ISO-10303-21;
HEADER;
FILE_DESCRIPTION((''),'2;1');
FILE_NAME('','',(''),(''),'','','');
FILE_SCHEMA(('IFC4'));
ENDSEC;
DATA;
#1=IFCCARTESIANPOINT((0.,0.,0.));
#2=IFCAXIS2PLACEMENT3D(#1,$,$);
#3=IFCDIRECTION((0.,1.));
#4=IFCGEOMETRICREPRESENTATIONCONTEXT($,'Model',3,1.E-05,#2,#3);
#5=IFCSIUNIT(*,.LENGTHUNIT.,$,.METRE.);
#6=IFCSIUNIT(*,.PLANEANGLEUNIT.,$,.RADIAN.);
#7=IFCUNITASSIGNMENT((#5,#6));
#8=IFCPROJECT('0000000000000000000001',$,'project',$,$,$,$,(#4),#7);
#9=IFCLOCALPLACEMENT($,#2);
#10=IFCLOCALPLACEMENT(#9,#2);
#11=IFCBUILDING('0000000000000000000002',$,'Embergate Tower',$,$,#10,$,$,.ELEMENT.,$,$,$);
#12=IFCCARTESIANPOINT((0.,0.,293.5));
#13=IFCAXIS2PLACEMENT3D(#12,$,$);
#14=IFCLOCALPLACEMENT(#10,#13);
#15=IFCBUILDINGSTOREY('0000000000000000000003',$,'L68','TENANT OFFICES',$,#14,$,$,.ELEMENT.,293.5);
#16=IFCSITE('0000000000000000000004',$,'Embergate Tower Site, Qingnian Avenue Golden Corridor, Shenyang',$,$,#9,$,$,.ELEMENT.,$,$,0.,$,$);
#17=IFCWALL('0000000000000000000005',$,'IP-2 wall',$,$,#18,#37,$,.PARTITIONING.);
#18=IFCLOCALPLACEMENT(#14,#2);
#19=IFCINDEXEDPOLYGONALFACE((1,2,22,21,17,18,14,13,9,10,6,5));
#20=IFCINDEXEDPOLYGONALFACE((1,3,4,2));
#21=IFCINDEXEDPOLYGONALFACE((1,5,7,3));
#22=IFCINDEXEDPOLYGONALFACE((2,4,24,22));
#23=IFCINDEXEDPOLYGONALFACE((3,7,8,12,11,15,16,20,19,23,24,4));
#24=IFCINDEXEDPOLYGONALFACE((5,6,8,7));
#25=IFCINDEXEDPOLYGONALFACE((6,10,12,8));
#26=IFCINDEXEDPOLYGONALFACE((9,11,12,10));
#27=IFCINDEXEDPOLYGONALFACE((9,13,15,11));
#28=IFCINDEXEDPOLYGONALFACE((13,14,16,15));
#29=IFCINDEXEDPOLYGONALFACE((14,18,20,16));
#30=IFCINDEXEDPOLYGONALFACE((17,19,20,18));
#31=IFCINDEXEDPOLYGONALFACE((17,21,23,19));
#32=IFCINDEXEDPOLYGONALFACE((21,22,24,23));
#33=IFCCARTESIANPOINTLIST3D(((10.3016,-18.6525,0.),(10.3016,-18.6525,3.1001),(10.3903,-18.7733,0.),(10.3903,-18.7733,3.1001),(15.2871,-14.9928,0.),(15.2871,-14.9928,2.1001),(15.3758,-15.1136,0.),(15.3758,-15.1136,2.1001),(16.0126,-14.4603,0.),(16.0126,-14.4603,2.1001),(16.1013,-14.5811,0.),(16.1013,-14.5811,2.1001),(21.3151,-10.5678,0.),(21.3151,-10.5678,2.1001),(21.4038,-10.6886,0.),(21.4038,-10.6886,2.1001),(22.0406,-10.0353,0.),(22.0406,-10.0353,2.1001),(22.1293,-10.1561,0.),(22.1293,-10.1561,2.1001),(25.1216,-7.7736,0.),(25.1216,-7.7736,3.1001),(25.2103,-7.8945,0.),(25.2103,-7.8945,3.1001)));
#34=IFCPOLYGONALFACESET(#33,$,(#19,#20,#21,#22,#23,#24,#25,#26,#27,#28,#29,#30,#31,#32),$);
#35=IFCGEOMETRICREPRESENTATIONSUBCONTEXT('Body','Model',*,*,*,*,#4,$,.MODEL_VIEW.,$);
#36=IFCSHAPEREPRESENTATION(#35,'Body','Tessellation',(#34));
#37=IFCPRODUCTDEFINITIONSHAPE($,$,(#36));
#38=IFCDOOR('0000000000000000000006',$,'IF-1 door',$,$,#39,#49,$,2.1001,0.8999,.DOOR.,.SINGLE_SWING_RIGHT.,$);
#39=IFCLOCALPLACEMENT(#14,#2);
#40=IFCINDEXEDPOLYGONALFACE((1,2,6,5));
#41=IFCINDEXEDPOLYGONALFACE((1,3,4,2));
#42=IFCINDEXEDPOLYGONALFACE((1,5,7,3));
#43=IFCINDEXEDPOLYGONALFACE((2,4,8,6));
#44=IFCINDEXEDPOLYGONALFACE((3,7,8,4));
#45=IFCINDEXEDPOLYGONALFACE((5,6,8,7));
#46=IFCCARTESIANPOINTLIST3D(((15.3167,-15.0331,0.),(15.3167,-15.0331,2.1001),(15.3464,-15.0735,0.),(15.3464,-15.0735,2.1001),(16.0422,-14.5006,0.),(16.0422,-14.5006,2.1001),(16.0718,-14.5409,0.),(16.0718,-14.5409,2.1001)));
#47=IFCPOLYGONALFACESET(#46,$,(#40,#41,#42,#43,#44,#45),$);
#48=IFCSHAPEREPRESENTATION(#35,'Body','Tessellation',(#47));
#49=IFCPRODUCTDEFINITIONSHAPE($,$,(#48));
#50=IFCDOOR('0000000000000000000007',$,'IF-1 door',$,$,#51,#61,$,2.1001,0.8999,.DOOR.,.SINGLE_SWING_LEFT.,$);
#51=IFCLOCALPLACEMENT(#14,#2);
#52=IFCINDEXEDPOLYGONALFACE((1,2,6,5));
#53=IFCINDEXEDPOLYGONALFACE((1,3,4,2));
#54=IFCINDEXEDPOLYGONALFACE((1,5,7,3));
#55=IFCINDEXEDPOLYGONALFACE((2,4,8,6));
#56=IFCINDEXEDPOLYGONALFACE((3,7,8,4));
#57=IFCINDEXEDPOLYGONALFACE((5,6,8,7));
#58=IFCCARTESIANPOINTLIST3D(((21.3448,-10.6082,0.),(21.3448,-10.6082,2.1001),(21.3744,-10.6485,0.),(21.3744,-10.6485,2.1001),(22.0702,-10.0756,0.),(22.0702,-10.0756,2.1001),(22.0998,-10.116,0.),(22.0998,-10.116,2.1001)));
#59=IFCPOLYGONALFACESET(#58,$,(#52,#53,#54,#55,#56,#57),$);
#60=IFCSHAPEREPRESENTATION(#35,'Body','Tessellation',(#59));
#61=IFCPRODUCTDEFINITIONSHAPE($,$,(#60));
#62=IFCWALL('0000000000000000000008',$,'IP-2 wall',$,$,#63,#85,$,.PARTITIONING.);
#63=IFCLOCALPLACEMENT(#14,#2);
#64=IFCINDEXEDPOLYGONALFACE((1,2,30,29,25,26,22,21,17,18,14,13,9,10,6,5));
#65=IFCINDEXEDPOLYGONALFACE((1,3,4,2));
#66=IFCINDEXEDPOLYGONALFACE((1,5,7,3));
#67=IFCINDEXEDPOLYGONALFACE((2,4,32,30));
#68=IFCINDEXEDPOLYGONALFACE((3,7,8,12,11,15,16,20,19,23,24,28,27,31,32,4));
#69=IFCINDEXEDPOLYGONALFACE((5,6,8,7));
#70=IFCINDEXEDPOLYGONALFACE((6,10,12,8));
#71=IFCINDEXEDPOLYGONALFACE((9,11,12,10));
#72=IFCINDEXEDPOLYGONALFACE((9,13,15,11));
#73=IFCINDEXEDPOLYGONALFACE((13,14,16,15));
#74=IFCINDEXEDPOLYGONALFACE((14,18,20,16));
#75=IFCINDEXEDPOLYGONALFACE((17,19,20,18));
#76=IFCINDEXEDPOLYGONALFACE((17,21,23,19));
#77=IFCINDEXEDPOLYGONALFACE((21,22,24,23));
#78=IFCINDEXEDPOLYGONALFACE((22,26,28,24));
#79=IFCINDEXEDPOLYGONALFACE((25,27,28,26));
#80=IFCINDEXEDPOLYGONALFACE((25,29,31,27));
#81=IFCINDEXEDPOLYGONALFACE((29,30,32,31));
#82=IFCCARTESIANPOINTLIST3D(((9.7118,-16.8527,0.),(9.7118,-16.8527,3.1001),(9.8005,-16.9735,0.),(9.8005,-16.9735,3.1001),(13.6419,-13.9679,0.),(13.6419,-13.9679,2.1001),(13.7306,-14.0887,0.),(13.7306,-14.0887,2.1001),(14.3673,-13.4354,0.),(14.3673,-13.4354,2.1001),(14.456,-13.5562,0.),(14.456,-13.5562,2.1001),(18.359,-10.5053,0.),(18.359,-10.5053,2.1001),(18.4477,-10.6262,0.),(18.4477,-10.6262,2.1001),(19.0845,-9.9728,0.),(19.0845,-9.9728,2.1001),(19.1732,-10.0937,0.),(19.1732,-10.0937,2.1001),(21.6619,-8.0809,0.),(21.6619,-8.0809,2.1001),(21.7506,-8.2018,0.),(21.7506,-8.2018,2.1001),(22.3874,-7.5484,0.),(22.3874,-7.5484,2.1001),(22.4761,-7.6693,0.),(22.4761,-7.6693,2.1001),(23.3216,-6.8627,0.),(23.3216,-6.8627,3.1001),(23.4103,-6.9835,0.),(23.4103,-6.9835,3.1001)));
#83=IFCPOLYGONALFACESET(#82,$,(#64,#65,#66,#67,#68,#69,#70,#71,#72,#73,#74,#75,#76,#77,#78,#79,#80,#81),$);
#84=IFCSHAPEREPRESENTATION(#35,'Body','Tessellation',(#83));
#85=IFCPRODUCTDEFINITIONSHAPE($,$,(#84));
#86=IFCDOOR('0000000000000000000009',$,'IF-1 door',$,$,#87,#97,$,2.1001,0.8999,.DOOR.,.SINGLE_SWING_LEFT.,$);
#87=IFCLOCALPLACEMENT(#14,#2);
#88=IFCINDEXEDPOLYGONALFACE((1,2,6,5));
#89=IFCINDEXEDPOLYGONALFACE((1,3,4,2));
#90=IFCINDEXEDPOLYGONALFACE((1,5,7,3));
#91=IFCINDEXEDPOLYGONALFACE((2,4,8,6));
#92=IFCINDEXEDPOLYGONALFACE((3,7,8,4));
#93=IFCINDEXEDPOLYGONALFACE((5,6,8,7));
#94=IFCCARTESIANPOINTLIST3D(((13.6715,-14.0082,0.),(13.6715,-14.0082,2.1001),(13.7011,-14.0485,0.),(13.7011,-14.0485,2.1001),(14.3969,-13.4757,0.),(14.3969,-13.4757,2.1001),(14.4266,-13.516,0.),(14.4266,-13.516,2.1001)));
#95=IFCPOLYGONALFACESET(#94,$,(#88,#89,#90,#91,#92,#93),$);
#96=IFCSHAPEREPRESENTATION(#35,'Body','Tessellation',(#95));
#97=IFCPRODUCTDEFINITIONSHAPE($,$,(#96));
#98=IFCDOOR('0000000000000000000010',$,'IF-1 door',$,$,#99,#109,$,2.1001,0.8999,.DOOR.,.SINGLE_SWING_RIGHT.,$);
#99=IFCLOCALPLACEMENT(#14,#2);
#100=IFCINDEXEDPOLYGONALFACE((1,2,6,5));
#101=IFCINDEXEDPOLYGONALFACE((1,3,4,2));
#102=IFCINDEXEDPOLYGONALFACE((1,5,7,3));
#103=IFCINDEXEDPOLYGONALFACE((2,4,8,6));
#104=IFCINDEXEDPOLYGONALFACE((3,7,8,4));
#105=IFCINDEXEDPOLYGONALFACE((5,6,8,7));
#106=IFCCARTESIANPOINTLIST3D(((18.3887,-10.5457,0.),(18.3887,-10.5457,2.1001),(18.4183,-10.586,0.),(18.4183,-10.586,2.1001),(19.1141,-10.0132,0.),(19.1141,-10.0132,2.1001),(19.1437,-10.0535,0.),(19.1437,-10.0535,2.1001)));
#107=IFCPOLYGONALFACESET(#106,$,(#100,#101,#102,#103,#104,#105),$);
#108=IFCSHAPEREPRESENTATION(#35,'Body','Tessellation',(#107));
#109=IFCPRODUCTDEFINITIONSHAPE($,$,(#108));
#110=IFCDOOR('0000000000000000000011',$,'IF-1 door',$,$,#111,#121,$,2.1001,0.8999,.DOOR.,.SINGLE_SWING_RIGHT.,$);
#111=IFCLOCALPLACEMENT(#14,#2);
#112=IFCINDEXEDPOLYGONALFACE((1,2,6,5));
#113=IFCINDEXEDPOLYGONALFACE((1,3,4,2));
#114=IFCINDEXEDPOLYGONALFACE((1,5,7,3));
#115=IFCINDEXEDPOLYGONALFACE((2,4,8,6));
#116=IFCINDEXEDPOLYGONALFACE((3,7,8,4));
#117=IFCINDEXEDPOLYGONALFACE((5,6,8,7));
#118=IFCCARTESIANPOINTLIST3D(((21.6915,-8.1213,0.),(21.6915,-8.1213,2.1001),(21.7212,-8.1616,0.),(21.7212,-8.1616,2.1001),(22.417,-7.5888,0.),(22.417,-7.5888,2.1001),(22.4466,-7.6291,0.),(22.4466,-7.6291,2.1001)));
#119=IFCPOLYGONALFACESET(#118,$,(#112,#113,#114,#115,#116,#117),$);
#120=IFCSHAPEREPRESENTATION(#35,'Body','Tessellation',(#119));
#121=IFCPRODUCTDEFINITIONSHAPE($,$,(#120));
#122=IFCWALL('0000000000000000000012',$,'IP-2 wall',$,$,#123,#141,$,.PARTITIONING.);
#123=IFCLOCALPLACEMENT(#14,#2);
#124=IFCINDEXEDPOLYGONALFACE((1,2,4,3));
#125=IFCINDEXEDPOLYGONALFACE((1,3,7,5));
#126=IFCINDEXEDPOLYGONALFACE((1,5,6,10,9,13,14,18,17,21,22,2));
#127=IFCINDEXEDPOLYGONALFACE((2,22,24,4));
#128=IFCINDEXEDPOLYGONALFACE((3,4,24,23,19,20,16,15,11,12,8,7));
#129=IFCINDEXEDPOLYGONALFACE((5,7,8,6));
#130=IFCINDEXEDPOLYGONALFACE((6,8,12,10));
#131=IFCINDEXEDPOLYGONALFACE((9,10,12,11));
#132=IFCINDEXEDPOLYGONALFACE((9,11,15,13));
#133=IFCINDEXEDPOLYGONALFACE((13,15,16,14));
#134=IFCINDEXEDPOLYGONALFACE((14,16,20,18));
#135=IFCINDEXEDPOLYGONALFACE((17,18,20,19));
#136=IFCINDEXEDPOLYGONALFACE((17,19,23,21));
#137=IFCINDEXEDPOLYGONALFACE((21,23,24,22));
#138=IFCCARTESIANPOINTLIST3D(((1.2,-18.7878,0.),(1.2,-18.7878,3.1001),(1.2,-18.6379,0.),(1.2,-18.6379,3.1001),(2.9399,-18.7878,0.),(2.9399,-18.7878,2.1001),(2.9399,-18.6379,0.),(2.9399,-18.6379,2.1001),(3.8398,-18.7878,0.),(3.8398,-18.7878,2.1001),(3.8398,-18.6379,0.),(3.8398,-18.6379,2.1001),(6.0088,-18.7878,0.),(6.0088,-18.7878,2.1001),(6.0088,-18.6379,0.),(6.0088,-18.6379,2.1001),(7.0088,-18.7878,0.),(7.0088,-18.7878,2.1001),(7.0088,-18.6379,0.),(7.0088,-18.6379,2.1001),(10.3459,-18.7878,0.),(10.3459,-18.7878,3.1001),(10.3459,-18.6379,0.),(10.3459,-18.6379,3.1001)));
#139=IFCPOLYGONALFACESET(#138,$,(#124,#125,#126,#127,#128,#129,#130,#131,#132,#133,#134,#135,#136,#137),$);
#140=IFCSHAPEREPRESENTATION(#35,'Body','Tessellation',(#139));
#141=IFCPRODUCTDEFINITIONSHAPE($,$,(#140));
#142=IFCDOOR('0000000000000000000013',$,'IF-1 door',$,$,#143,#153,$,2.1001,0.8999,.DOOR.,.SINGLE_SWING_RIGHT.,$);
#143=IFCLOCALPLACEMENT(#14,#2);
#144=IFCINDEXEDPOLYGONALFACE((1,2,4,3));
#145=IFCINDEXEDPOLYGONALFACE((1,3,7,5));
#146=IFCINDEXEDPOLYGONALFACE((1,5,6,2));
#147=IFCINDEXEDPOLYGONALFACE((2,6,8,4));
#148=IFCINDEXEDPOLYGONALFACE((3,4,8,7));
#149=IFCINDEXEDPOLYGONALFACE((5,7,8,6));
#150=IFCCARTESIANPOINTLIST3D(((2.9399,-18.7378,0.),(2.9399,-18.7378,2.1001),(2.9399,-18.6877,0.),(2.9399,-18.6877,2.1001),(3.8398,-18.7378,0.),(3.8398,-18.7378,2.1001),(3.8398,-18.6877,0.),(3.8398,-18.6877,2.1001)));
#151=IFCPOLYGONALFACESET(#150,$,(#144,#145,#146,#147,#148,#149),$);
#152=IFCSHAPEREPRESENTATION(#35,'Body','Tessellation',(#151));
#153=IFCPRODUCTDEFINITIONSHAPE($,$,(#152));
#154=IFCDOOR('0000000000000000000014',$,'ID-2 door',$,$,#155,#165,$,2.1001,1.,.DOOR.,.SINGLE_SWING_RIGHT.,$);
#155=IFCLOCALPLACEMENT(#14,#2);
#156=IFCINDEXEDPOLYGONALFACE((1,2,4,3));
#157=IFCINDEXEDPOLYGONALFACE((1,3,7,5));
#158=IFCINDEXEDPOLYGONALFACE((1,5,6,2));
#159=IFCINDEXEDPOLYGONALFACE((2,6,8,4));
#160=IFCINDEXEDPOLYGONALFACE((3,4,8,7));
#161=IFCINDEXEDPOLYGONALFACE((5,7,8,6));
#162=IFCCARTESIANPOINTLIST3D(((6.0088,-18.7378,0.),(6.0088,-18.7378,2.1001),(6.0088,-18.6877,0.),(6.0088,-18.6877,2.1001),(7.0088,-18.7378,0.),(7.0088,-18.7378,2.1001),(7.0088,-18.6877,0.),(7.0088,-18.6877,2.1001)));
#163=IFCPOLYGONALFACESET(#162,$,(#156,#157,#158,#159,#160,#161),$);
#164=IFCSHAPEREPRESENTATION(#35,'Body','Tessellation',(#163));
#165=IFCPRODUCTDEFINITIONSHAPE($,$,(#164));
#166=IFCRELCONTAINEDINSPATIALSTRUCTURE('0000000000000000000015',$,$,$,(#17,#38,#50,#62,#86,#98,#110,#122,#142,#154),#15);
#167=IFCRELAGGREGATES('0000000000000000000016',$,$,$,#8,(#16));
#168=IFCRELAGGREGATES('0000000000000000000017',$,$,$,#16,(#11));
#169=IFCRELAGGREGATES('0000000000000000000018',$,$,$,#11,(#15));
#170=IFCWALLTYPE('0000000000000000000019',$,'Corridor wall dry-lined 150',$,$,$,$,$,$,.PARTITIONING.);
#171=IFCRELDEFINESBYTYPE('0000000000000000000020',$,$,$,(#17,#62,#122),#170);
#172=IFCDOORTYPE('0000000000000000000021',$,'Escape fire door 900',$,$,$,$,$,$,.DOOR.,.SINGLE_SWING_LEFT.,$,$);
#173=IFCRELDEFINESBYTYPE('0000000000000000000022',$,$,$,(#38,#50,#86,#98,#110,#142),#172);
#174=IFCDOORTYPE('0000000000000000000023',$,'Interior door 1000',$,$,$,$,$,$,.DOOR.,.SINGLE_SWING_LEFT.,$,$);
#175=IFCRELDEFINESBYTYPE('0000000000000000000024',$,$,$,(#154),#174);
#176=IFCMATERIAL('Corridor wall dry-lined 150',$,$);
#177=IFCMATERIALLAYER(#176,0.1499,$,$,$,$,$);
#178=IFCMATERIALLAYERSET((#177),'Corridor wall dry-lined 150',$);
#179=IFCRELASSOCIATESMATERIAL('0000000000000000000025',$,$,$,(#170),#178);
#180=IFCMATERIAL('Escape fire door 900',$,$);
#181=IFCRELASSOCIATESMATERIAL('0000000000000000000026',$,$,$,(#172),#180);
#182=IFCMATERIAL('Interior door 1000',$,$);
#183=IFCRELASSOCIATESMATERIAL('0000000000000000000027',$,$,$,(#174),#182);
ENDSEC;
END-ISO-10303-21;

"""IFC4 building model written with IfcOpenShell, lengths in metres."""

from ifc_helpers import new_model, si_unit, direction, frame, frame_2d, origin, place, context, subcontext, project, spatial, rectangle, extrude, source, transform, mapped, material, layer, layer_set, type_object, element, fill, save


model = new_model("IFC4")

# Units and contexts
model_context = context("Model", 3, precision=1e-05, world=origin(), true_north=direction((0.0, 1.0)))
body_context = subcontext(model_context, "Body", "Model", "MODEL_VIEW")
ifc_project = project(units=[si_unit("LENGTHUNIT", "METRE"), si_unit("PLANEANGLEUNIT", "RADIAN")], contexts=[model_context])

# Site, building, storey
site_placement = place(None, origin())
site = spatial("IfcSite", under=ifc_project, at=site_placement, Name="Embergate Tower Site, Qingnian Avenue Golden Corridor, Shenyang", CompositionType="ELEMENT", RefElevation=0.0)
building_placement = place(site_placement, origin())
building = spatial("IfcBuilding", under=site, at=building_placement, Name="Embergate Tower", CompositionType="ELEMENT")
storey_placement = place(building_placement, frame((0.0, 0.0, 293.5)))
storey = spatial("IfcBuildingStorey", under=building, at=storey_placement, Name="L68", Description="TENANT OFFICES", CompositionType="ELEMENT", Elevation=293.5)

# Shared definitions
ifc_material_1 = material(Name="Corridor wall dry-lined 150")
ifc_layer_1 = layer(ifc_material_1, 0.1499)
ifc_layer_set_1 = layer_set([ifc_layer_1], Name="Corridor wall dry-lined 150")
wall_type_1 = type_object("IfcWallType", Name="Corridor wall dry-lined 150", PredefinedType="PARTITIONING", material=ifc_layer_set_1)

# Walls, openings, doors
shared_shape_1 = source(origin(), body_context, "Body", "SweptSolid", [
    extrude(rectangle(XDim=18.3843, YDim=0.1499, at=frame_2d((9.1921, 0.0))), origin(), (0.0, 0.0, 1.0), 3.1001),
])
wall_1_placement = place(storey_placement, frame((10.3459, -18.7129, 0.0), z_axis=(0.0, 0.0, 1.0), x_axis=(0.806123, 0.591748, 0.0)))
wall_1 = element("IfcWall", 1, at=wall_1_placement, inside=storey, type_object=wall_type_1, Name="IP-2 wall", PredefinedType="PARTITIONING", context=body_context, shape_type="MappedRepresentation", body=[
    mapped(shared_shape_1, transform((0.0, 0.0, 0.0))),
])
shared_shape_2 = source(origin(), body_context, "Body", "SweptSolid", [
    extrude(rectangle(XDim=0.8999, YDim=2.1001, at=frame_2d((0.45, 1.05))), frame((0.0, 0.085, 0.0), z_axis=(0.0, -1.0, 0.0), x_axis=(1.0, 0.0, 0.0)), (0.0, 0.0, 1.0), 0.1699),
])
opening_1_placement = place(wall_1_placement, frame((6.1846, 0.0, 0.0)))
opening_1 = element("IfcOpeningElement", 2, at=opening_1_placement, cuts=wall_1, PredefinedType="OPENING", context=body_context, shape_type="MappedRepresentation", body=[
    mapped(shared_shape_2, transform((0.0, 0.0, 0.0))),
])
opening_2_placement = place(wall_1_placement, frame((13.6624, 0.0, 0.0)))
opening_2 = element("IfcOpeningElement", 3, at=opening_2_placement, cuts=wall_1, PredefinedType="OPENING", context=body_context, shape_type="MappedRepresentation", body=[
    mapped(shared_shape_2, transform((0.0, 0.0, 0.0))),
])
ifc_material_2 = material(Name="Escape fire door 900")
door_type_1 = type_object("IfcDoorType", Name="Escape fire door 900", OperationType="SINGLE_SWING_LEFT", PredefinedType="DOOR", material=ifc_material_2)
shared_shape_3 = source(origin(), body_context, "Body", "SweptSolid", [
    extrude(rectangle(XDim=0.8999, YDim=2.1001, at=frame_2d((0.45, 1.05))), frame((0.0, 0.0249, 0.0), z_axis=(0.0, -1.0, 0.0), x_axis=(1.0, 0.0, 0.0)), (0.0, 0.0, 1.0), 0.05),
])
door_1_placement = place(opening_1_placement, origin())
door_1 = element("IfcDoor", 4, at=door_1_placement, inside=storey, type_object=door_type_1, Name="IF-1 door", OperationType="SINGLE_SWING_RIGHT", OverallHeight=2.1001, OverallWidth=0.8999, PredefinedType="DOOR", context=body_context, shape_type="MappedRepresentation", body=[
    mapped(shared_shape_3, transform((0.0, 0.0, 0.0))),
])
fill(opening_1, door_1)
door_2_placement = place(opening_2_placement, origin())
door_2 = element("IfcDoor", 5, at=door_2_placement, inside=storey, type_object=door_type_1, Name="IF-1 door", OperationType="SINGLE_SWING_LEFT", OverallHeight=2.1001, OverallWidth=0.8999, PredefinedType="DOOR", context=body_context, shape_type="MappedRepresentation", body=[
    mapped(shared_shape_3, transform((0.0, 0.0, 0.0))),
])
fill(opening_2, door_2)
shared_shape_4 = source(origin(), body_context, "Body", "SweptSolid", [
    extrude(rectangle(XDim=16.8828, YDim=0.1499, at=frame_2d((8.4414, 0.0))), origin(), (0.0, 0.0, 1.0), 3.1001),
])
wall_2_placement = place(storey_placement, frame((9.7561, -16.9131, 0.0), z_axis=(0.0, 0.0, 1.0), x_axis=(0.806139, 0.591727, 0.0)))
wall_2 = element("IfcWall", 6, at=wall_2_placement, inside=storey, type_object=wall_type_1, Name="IP-2 wall", PredefinedType="PARTITIONING", context=body_context, shape_type="MappedRepresentation", body=[
    mapped(shared_shape_4, transform((0.0, 0.0, 0.0))),
])
opening_3_placement = place(wall_2_placement, frame((4.8752, 0.0, 0.0)))
opening_3 = element("IfcOpeningElement", 7, at=opening_3_placement, cuts=wall_2, PredefinedType="OPENING", context=body_context, shape_type="MappedRepresentation", body=[
    mapped(shared_shape_2, transform((0.0, 0.0, 0.0))),
])
opening_4_placement = place(wall_2_placement, frame((10.7268, 0.0, 0.0)))
opening_4 = element("IfcOpeningElement", 8, at=opening_4_placement, cuts=wall_2, PredefinedType="OPENING", context=body_context, shape_type="MappedRepresentation", body=[
    mapped(shared_shape_2, transform((0.0, 0.0, 0.0))),
])
opening_5_placement = place(wall_2_placement, frame((14.824, 0.0, 0.0)))
opening_5 = element("IfcOpeningElement", 9, at=opening_5_placement, cuts=wall_2, PredefinedType="OPENING", context=body_context, shape_type="MappedRepresentation", body=[
    mapped(shared_shape_2, transform((0.0, 0.0, 0.0))),
])
door_3_placement = place(opening_3_placement, origin())
door_3 = element("IfcDoor", 10, at=door_3_placement, inside=storey, type_object=door_type_1, Name="IF-1 door", OperationType="SINGLE_SWING_LEFT", OverallHeight=2.1001, OverallWidth=0.8999, PredefinedType="DOOR", context=body_context, shape_type="MappedRepresentation", body=[
    mapped(shared_shape_3, transform((0.0, 0.0, 0.0))),
])
fill(opening_3, door_3)
door_4_placement = place(opening_4_placement, origin())
door_4 = element("IfcDoor", 11, at=door_4_placement, inside=storey, type_object=door_type_1, Name="IF-1 door", OperationType="SINGLE_SWING_RIGHT", OverallHeight=2.1001, OverallWidth=0.8999, PredefinedType="DOOR", context=body_context, shape_type="MappedRepresentation", body=[
    mapped(shared_shape_3, transform((0.0, 0.0, 0.0))),
])
fill(opening_4, door_4)
door_5_placement = place(opening_5_placement, origin())
door_5 = element("IfcDoor", 12, at=door_5_placement, inside=storey, type_object=door_type_1, Name="IF-1 door", OperationType="SINGLE_SWING_RIGHT", OverallHeight=2.1001, OverallWidth=0.8999, PredefinedType="DOOR", context=body_context, shape_type="MappedRepresentation", body=[
    mapped(shared_shape_3, transform((0.0, 0.0, 0.0))),
])
fill(opening_5, door_5)
shared_shape_5 = source(origin(), body_context, "Body", "SweptSolid", [
    extrude(rectangle(XDim=9.146, YDim=0.1499, at=frame_2d((4.573, 0.0))), origin(), (0.0, 0.0, 1.0), 3.1001),
])
wall_3_placement = place(storey_placement, frame((10.3459, -18.7129, 0.0), z_axis=(0.0, 0.0, 1.0), x_axis=(-1.0, 0.0, 0.0)))
wall_3 = element("IfcWall", 13, at=wall_3_placement, inside=storey, type_object=wall_type_1, Name="IP-2 wall", PredefinedType="PARTITIONING", context=body_context, shape_type="MappedRepresentation", body=[
    mapped(shared_shape_5, transform((0.0, 0.0, 0.0))),
])
opening_6_placement = place(wall_3_placement, frame((6.5061, 0.0, 0.0)))
opening_6 = element("IfcOpeningElement", 14, at=opening_6_placement, cuts=wall_3, PredefinedType="OPENING", context=body_context, shape_type="MappedRepresentation", body=[
    mapped(shared_shape_2, transform((0.0, 0.0, 0.0))),
])
shared_shape_6 = source(origin(), body_context, "Body", "SweptSolid", [
    extrude(rectangle(XDim=1.0, YDim=2.1001, at=frame_2d((0.5, 1.05))), frame((0.0, 0.085, 0.0), z_axis=(0.0, -1.0, 0.0), x_axis=(1.0, 0.0, 0.0)), (0.0, 0.0, 1.0), 0.1699),
])
opening_7_placement = place(wall_3_placement, frame((3.3372, 0.0, 0.0)))
opening_7 = element("IfcOpeningElement", 15, at=opening_7_placement, cuts=wall_3, PredefinedType="OPENING", context=body_context, shape_type="MappedRepresentation", body=[
    mapped(shared_shape_6, transform((0.0, 0.0, 0.0))),
])
door_6_placement = place(opening_6_placement, origin())
door_6 = element("IfcDoor", 16, at=door_6_placement, inside=storey, type_object=door_type_1, Name="IF-1 door", OperationType="SINGLE_SWING_RIGHT", OverallHeight=2.1001, OverallWidth=0.8999, PredefinedType="DOOR", context=body_context, shape_type="MappedRepresentation", body=[
    mapped(shared_shape_3, transform((0.0, 0.0, 0.0))),
])
fill(opening_6, door_6)
ifc_material_3 = material(Name="Interior door 1000")
door_type_2 = type_object("IfcDoorType", Name="Interior door 1000", OperationType="SINGLE_SWING_LEFT", PredefinedType="DOOR", material=ifc_material_3)
shared_shape_7 = source(origin(), body_context, "Body", "SweptSolid", [
    extrude(rectangle(XDim=1.0, YDim=2.1001, at=frame_2d((0.5, 1.05))), frame((0.0, 0.0249, 0.0), z_axis=(0.0, -1.0, 0.0), x_axis=(1.0, 0.0, 0.0)), (0.0, 0.0, 1.0), 0.05),
])
door_7_placement = place(opening_7_placement, origin())
door_7 = element("IfcDoor", 17, at=door_7_placement, inside=storey, type_object=door_type_2, Name="ID-2 door", OperationType="SINGLE_SWING_RIGHT", OverallHeight=2.1001, OverallWidth=1.0, PredefinedType="DOOR", context=body_context, shape_type="MappedRepresentation", body=[
    mapped(shared_shape_7, transform((0.0, 0.0, 0.0))),
])
fill(opening_7, door_7)

save(model, "model.ifc")
